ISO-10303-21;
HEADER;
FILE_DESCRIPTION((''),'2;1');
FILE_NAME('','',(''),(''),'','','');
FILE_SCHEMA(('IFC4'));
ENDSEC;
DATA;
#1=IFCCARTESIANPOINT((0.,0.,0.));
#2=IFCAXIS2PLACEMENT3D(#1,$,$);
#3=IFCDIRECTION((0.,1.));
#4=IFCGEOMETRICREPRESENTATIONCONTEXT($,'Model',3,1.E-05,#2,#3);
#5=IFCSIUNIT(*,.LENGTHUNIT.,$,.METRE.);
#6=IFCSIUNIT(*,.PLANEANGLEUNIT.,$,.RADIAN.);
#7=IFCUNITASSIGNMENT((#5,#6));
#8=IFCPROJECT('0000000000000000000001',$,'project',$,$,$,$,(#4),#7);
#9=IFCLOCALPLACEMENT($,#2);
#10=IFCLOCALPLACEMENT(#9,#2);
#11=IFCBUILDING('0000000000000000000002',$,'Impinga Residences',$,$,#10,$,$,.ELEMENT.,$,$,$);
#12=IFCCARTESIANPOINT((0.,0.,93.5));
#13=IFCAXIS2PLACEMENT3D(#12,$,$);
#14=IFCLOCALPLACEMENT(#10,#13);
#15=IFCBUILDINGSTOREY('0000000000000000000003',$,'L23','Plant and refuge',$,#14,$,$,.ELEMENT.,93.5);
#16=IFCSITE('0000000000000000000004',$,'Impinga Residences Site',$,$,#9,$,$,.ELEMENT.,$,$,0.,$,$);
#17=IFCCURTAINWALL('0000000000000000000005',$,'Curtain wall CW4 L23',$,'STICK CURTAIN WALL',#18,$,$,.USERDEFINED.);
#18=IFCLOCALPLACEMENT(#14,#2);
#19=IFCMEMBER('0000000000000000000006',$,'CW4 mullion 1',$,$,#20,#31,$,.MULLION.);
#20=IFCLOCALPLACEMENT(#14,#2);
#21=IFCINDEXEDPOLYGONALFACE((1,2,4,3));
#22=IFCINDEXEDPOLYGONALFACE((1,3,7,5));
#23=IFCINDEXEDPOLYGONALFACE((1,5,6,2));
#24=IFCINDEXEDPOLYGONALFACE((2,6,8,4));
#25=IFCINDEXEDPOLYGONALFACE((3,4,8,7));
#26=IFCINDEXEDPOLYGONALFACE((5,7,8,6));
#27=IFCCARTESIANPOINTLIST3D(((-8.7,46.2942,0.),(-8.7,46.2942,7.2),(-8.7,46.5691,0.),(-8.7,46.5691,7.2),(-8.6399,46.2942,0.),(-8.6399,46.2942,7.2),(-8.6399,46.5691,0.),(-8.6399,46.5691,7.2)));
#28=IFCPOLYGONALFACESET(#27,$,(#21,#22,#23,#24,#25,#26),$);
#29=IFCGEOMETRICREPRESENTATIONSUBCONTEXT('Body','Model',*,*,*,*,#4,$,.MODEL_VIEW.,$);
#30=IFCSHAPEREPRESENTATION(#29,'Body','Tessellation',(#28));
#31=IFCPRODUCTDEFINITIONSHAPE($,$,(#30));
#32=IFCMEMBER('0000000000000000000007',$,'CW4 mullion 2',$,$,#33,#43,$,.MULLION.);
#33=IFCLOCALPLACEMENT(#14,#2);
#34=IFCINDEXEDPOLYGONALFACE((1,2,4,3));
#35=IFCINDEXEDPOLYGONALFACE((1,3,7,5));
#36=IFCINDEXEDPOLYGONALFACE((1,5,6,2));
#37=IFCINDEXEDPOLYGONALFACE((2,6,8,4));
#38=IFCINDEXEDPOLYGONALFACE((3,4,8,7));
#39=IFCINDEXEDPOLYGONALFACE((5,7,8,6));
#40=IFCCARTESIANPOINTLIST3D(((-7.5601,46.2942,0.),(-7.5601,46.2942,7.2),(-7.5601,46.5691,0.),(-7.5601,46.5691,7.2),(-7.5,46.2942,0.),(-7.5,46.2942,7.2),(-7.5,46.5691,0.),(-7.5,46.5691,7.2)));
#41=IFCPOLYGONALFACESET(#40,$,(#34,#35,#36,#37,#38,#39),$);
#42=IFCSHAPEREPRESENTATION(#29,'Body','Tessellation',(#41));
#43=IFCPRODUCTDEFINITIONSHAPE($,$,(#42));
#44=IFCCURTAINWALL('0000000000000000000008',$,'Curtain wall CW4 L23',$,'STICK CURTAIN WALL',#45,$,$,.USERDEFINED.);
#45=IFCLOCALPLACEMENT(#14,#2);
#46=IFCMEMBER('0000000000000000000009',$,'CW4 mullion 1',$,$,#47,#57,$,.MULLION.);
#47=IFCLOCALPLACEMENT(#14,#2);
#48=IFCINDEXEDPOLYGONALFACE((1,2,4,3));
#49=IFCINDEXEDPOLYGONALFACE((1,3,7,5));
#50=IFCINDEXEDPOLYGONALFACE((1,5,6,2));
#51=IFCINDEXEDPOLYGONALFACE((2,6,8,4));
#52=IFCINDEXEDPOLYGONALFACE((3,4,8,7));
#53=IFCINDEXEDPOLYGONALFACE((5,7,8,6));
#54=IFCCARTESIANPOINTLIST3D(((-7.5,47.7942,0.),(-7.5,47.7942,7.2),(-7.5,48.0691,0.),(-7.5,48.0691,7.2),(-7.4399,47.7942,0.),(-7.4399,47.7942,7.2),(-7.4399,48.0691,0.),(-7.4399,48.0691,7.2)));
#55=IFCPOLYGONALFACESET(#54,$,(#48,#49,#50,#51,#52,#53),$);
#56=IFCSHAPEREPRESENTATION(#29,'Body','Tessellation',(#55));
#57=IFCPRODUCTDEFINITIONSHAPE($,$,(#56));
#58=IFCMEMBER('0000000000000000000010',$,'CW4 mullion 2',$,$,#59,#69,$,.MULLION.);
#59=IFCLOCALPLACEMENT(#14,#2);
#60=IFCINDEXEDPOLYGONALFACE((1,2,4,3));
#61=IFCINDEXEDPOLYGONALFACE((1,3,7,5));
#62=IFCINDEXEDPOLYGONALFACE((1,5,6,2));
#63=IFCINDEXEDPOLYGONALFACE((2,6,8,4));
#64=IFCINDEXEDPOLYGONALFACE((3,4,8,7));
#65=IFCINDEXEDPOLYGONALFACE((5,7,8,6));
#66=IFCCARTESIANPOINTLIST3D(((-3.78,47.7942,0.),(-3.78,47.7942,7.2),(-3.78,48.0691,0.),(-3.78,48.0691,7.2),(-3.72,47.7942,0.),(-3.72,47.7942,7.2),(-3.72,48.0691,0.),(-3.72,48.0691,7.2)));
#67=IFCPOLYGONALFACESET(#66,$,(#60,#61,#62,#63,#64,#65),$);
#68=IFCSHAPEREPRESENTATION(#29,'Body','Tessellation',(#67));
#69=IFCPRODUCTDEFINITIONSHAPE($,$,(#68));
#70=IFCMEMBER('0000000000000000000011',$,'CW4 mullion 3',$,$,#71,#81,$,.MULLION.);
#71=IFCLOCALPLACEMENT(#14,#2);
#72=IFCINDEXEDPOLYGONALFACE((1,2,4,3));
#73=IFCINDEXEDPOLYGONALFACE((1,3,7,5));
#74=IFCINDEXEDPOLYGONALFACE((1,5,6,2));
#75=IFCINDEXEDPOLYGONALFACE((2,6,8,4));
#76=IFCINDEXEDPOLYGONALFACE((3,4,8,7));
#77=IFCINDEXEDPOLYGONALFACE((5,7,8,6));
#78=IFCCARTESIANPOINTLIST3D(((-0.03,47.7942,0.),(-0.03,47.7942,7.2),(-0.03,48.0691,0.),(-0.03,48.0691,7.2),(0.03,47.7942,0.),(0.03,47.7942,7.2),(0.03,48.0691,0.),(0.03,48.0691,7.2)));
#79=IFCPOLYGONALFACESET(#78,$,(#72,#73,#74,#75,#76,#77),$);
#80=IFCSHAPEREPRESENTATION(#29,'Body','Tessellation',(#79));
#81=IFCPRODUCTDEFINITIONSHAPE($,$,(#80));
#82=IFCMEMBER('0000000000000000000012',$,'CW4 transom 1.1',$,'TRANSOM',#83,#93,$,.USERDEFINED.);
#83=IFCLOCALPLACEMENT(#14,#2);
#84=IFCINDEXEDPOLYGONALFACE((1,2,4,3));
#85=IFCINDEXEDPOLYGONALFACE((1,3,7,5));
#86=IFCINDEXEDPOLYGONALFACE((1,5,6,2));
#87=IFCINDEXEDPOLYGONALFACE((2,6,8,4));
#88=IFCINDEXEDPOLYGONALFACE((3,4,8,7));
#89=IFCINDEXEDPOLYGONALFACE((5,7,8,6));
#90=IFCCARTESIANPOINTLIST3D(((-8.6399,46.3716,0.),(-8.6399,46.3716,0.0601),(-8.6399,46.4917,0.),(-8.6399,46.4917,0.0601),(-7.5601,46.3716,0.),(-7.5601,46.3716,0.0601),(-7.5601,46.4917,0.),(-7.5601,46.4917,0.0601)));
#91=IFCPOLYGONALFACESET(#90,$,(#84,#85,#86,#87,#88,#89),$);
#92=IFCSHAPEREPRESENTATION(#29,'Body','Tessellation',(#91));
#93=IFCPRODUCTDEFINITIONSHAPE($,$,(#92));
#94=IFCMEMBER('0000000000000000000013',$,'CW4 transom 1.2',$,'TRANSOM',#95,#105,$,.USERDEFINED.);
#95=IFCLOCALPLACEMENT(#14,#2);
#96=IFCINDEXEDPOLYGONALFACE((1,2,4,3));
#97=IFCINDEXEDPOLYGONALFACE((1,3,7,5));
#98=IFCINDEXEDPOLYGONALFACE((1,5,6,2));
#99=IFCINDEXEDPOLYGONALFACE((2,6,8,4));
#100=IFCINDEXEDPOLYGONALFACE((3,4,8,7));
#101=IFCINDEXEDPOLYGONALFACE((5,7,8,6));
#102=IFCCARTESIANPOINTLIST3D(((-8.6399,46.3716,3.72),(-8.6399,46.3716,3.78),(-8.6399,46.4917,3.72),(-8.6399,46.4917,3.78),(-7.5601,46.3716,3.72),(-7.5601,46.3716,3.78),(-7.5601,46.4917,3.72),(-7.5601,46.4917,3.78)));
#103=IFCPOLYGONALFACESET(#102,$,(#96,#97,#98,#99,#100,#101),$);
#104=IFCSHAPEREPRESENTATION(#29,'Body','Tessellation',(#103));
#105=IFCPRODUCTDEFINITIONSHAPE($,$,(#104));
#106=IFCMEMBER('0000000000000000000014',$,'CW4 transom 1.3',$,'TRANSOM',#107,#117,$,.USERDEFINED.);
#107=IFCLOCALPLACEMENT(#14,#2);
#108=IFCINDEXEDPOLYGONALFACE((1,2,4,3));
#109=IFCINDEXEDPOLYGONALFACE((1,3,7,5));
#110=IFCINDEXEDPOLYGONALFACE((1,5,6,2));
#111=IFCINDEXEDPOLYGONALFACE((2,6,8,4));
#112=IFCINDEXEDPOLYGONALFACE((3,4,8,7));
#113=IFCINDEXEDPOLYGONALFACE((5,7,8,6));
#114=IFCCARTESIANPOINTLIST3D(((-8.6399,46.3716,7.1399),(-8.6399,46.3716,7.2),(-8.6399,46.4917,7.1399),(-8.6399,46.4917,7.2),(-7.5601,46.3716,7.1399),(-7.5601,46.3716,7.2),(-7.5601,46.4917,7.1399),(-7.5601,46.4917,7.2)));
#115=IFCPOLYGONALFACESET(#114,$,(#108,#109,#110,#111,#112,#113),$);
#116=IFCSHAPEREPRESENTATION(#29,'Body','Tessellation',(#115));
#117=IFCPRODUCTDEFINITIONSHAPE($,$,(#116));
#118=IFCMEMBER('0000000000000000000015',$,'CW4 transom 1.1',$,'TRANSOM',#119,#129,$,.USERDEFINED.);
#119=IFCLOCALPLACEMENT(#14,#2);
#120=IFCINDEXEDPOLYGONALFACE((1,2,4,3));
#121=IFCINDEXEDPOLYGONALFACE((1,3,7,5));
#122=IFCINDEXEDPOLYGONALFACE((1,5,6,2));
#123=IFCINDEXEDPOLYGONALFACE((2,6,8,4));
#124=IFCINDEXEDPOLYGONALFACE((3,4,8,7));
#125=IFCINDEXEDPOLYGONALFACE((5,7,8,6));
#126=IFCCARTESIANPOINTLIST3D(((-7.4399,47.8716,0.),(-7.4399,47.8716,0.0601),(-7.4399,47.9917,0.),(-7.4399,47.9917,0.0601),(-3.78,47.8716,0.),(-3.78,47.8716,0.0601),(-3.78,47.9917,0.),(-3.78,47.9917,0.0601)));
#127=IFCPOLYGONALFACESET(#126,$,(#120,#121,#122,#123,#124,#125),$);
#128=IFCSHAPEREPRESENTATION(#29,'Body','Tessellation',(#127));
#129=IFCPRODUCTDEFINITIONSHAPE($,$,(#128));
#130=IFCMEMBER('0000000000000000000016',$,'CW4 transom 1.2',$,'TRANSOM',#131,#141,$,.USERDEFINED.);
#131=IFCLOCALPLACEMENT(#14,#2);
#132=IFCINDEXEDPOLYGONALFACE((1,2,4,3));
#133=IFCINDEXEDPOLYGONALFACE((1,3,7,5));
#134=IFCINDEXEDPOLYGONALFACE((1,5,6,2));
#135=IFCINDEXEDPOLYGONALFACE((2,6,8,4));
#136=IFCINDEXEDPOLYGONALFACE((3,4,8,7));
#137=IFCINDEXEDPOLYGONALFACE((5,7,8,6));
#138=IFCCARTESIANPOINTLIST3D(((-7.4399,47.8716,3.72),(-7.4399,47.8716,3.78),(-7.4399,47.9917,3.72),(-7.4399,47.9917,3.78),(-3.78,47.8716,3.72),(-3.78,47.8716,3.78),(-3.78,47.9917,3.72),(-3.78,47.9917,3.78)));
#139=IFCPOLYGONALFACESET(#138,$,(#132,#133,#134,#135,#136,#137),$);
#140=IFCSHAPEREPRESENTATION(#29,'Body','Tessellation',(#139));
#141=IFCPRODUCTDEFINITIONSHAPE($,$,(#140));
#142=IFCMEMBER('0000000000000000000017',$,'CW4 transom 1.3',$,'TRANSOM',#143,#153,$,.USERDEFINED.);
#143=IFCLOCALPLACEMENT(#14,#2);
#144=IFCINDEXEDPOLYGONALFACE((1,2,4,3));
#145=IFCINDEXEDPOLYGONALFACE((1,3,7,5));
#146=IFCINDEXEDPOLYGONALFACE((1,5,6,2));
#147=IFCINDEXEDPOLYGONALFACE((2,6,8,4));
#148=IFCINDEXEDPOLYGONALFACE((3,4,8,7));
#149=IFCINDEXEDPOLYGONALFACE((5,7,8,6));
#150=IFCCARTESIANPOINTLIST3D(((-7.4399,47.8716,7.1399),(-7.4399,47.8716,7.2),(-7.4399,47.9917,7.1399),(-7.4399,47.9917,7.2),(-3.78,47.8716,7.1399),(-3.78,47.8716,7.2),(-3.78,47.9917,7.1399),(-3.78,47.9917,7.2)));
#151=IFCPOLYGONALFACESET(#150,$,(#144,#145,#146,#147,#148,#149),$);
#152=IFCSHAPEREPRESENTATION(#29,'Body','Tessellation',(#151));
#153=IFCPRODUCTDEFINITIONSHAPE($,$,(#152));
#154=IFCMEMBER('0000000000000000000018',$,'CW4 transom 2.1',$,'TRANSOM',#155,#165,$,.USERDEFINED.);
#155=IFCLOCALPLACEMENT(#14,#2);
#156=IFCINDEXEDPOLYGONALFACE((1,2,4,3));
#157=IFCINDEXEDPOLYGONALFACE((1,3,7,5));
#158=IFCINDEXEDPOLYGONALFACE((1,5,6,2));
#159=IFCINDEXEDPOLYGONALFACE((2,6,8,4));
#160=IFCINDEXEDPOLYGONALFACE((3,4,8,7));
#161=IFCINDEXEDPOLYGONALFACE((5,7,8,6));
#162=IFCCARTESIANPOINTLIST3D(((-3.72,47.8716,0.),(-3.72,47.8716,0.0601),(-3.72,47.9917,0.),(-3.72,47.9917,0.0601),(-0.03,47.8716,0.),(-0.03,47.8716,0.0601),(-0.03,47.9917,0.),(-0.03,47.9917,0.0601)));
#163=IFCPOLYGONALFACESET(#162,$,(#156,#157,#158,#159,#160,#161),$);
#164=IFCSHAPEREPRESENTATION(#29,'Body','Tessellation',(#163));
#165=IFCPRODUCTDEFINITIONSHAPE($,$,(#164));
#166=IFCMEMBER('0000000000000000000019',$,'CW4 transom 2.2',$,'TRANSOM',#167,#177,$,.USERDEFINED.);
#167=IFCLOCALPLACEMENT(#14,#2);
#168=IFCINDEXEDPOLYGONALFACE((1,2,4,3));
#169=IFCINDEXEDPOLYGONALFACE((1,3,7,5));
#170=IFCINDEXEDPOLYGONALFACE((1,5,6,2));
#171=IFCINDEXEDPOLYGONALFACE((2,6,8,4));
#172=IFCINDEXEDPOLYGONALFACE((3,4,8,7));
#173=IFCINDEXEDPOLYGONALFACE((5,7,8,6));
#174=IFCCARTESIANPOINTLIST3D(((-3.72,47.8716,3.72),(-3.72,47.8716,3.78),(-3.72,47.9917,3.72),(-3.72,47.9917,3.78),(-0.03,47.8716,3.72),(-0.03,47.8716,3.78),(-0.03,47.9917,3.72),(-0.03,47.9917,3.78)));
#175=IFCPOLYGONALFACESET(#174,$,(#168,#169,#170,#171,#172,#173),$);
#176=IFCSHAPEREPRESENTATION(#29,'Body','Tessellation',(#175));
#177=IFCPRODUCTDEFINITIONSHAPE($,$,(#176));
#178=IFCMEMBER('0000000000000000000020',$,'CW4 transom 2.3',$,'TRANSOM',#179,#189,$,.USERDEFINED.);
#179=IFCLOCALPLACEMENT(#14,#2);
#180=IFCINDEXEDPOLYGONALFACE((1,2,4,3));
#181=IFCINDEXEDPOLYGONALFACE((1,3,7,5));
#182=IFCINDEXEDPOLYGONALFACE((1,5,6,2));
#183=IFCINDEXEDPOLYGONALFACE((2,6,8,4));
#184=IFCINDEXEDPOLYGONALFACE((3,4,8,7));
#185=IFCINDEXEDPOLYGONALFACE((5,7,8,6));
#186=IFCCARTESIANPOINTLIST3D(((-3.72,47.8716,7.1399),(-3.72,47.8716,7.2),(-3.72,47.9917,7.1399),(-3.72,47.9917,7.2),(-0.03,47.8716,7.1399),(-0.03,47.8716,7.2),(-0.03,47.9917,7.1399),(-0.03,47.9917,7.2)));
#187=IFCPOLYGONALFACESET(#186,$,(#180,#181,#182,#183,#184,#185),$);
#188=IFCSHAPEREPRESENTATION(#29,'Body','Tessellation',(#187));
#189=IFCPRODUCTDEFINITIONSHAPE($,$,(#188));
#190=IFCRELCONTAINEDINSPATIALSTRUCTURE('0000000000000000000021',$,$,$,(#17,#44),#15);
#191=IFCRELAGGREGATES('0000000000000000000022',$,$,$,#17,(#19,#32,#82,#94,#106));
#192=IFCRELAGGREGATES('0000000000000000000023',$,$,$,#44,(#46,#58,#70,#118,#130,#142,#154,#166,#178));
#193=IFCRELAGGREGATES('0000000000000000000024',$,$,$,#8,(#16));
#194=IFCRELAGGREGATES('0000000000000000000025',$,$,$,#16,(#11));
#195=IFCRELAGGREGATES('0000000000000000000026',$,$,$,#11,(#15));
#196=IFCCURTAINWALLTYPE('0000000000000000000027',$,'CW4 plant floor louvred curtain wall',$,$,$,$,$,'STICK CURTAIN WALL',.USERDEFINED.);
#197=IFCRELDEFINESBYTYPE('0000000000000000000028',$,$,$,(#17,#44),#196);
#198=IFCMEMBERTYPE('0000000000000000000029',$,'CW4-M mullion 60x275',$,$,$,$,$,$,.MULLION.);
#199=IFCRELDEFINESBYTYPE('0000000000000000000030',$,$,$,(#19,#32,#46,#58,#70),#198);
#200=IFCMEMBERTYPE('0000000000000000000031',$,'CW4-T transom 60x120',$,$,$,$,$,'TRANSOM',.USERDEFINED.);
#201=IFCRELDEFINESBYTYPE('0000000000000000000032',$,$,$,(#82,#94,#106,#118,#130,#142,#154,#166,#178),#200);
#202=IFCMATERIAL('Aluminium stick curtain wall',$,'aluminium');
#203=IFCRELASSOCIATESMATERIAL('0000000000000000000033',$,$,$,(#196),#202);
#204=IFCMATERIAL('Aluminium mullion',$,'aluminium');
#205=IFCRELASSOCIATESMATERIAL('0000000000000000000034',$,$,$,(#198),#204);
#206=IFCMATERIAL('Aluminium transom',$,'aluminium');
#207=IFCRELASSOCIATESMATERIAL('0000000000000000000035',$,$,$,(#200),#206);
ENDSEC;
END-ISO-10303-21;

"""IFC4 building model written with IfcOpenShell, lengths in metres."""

from ifc_helpers import new_model, si_unit, direction, frame, origin, origin_2d, place, context, subcontext, project, spatial, rectangle, extrude, material, material_profile, profile_set, type_object, element, aggregate, save


model = new_model("IFC4")

# Units and contexts
model_context = context("Model", 3, precision=1e-05, world=origin(), true_north=direction((0.0, 1.0)))
body_context = subcontext(model_context, "Body", "Model", "MODEL_VIEW")
ifc_project = project(units=[si_unit("LENGTHUNIT", "METRE"), si_unit("PLANEANGLEUNIT", "RADIAN")], contexts=[model_context])

# Site, building, storey
site_placement = place(None, origin())
site = spatial("IfcSite", under=ifc_project, at=site_placement, Name="Impinga Residences Site", CompositionType="ELEMENT", RefElevation=0.0)
building_placement = place(site_placement, origin())
building = spatial("IfcBuilding", under=site, at=building_placement, Name="Impinga Residences", CompositionType="ELEMENT")
storey_placement = place(building_placement, frame((0.0, 0.0, 93.5)))
storey = spatial("IfcBuildingStorey", under=building, at=storey_placement, Name="L23", Description="Plant and refuge", CompositionType="ELEMENT", Elevation=93.5)

# Curtain walls, members
ifc_material_1 = material(Name="Aluminium stick curtain wall", Category="aluminium")
curtain_wall_type = type_object("IfcCurtainWallType", Name="CW4 plant floor louvred curtain wall", ElementType="STICK CURTAIN WALL", PredefinedType="USERDEFINED", material=ifc_material_1)
curtain_wall_1_placement = place(storey_placement, origin())
curtain_wall_1 = element("IfcCurtainWall", 1, at=curtain_wall_1_placement, inside=storey, type_object=curtain_wall_type, Name="Curtain wall CW4 L23", ObjectType="STICK CURTAIN WALL", PredefinedType="USERDEFINED")
ifc_material_2 = material(Name="Aluminium mullion", Category="aluminium")
ifc_material_profile_1 = material_profile(ifc_material_2, rectangle(XDim=0.0601, YDim=0.2749, at=origin_2d()), Name="60x275 mullion")
ifc_profile_set_1 = profile_set([ifc_material_profile_1], Name="Aluminium mullion")
member_type_1 = type_object("IfcMemberType", Name="CW4-M mullion 60x275", PredefinedType="MULLION", material=ifc_profile_set_1)
member_1_placement = place(storey_placement, frame((-8.6699, 46.4316, 0.0), z_axis=(0.0, 0.0, 1.0), x_axis=(1.0, 0.0, 0.0)))
member_1 = element("IfcMember", 2, at=member_1_placement, type_object=member_type_1, Name="CW4 mullion 1", PredefinedType="MULLION", context=body_context, shape_type="SweptSolid", body=[
    extrude(rectangle(XDim=0.0601, YDim=0.2749, at=origin_2d()), origin(), (0.0, 0.0, 1.0), 7.2),
])
member_2_placement = place(storey_placement, frame((-7.53, 46.4316, 0.0), z_axis=(0.0, 0.0, 1.0), x_axis=(1.0, 0.0, 0.0)))
member_2 = element("IfcMember", 3, at=member_2_placement, type_object=member_type_1, Name="CW4 mullion 2", PredefinedType="MULLION", context=body_context, shape_type="SweptSolid", body=[
    extrude(rectangle(XDim=0.0601, YDim=0.2749, at=origin_2d()), origin(), (0.0, 0.0, 1.0), 7.2),
])
curtain_wall_2_placement = place(storey_placement, origin())
curtain_wall_2 = element("IfcCurtainWall", 4, at=curtain_wall_2_placement, inside=storey, type_object=curtain_wall_type, Name="Curtain wall CW4 L23", ObjectType="STICK CURTAIN WALL", PredefinedType="USERDEFINED")
member_3_placement = place(storey_placement, frame((-7.47, 47.9316, 0.0), z_axis=(0.0, 0.0, 1.0), x_axis=(1.0, 0.0, 0.0)))
member_3 = element("IfcMember", 5, at=member_3_placement, type_object=member_type_1, Name="CW4 mullion 1", PredefinedType="MULLION", context=body_context, shape_type="SweptSolid", body=[
    extrude(rectangle(XDim=0.0601, YDim=0.2749, at=origin_2d()), origin(), (0.0, 0.0, 1.0), 7.2),
])
member_4_placement = place(storey_placement, frame((-3.75, 47.9316, 0.0), z_axis=(0.0, 0.0, 1.0), x_axis=(1.0, 0.0, 0.0)))
member_4 = element("IfcMember", 6, at=member_4_placement, type_object=member_type_1, Name="CW4 mullion 2", PredefinedType="MULLION", context=body_context, shape_type="SweptSolid", body=[
    extrude(rectangle(XDim=0.0601, YDim=0.2749, at=origin_2d()), origin(), (0.0, 0.0, 1.0), 7.2),
])
member_5_placement = place(storey_placement, frame((0.0, 47.9316, 0.0), z_axis=(0.0, 0.0, 1.0), x_axis=(1.0, 0.0, 0.0)))
member_5 = element("IfcMember", 7, at=member_5_placement, type_object=member_type_1, Name="CW4 mullion 3", PredefinedType="MULLION", context=body_context, shape_type="SweptSolid", body=[
    extrude(rectangle(XDim=0.0601, YDim=0.2749, at=origin_2d()), origin(), (0.0, 0.0, 1.0), 7.2),
])

# Members
ifc_material_3 = material(Name="Aluminium transom", Category="aluminium")
ifc_material_profile_2 = material_profile(ifc_material_3, rectangle(XDim=0.0601, YDim=0.1201, at=origin_2d()), Name="60x120 transom")
ifc_profile_set_2 = profile_set([ifc_material_profile_2], Name="Aluminium transom")
member_type_2 = type_object("IfcMemberType", Name="CW4-T transom 60x120", ElementType="TRANSOM", PredefinedType="USERDEFINED", material=ifc_profile_set_2)
member_6_placement = place(storey_placement, frame((-8.6399, 46.4316, 0.03), z_axis=(1.0, 0.0, 0.0), x_axis=(0.0, 0.0, 1.0)))
member_6 = element("IfcMember", 8, at=member_6_placement, type_object=member_type_2, Name="CW4 transom 1.1", ObjectType="TRANSOM", PredefinedType="USERDEFINED", context=body_context, shape_type="SweptSolid", body=[
    extrude(rectangle(XDim=0.0601, YDim=0.1201, at=origin_2d()), origin(), (0.0, 0.0, 1.0), 1.0798),
])
member_7_placement = place(storey_placement, frame((-8.6399, 46.4316, 3.75), z_axis=(1.0, 0.0, 0.0), x_axis=(0.0, 0.0, 1.0)))
member_7 = element("IfcMember", 9, at=member_7_placement, type_object=member_type_2, Name="CW4 transom 1.2", ObjectType="TRANSOM", PredefinedType="USERDEFINED", context=body_context, shape_type="SweptSolid", body=[
    extrude(rectangle(XDim=0.0601, YDim=0.1201, at=origin_2d()), origin(), (0.0, 0.0, 1.0), 1.0798),
])
member_8_placement = place(storey_placement, frame((-8.6399, 46.4316, 7.1699), z_axis=(1.0, 0.0, 0.0), x_axis=(0.0, 0.0, 1.0)))
member_8 = element("IfcMember", 10, at=member_8_placement, type_object=member_type_2, Name="CW4 transom 1.3", ObjectType="TRANSOM", PredefinedType="USERDEFINED", context=body_context, shape_type="SweptSolid", body=[
    extrude(rectangle(XDim=0.0601, YDim=0.1201, at=origin_2d()), origin(), (0.0, 0.0, 1.0), 1.0798),
])
member_9_placement = place(storey_placement, frame((-7.4399, 47.9316, 0.03), z_axis=(1.0, 0.0, 0.0), x_axis=(0.0, 0.0, 1.0)))
member_9 = element("IfcMember", 11, at=member_9_placement, type_object=member_type_2, Name="CW4 transom 1.1", ObjectType="TRANSOM", PredefinedType="USERDEFINED", context=body_context, shape_type="SweptSolid", body=[
    extrude(rectangle(XDim=0.0601, YDim=0.1201, at=origin_2d()), origin(), (0.0, 0.0, 1.0), 3.6599),
])
member_10_placement = place(storey_placement, frame((-7.4399, 47.9316, 3.75), z_axis=(1.0, 0.0, 0.0), x_axis=(0.0, 0.0, 1.0)))
member_10 = element("IfcMember", 12, at=member_10_placement, type_object=member_type_2, Name="CW4 transom 1.2", ObjectType="TRANSOM", PredefinedType="USERDEFINED", context=body_context, shape_type="SweptSolid", body=[
    extrude(rectangle(XDim=0.0601, YDim=0.1201, at=origin_2d()), origin(), (0.0, 0.0, 1.0), 3.6599),
])
member_11_placement = place(storey_placement, frame((-7.4399, 47.9316, 7.1699), z_axis=(1.0, 0.0, 0.0), x_axis=(0.0, 0.0, 1.0)))
member_11 = element("IfcMember", 13, at=member_11_placement, type_object=member_type_2, Name="CW4 transom 1.3", ObjectType="TRANSOM", PredefinedType="USERDEFINED", context=body_context, shape_type="SweptSolid", body=[
    extrude(rectangle(XDim=0.0601, YDim=0.1201, at=origin_2d()), origin(), (0.0, 0.0, 1.0), 3.6599),
])
member_12_placement = place(storey_placement, frame((-3.72, 47.9316, 0.03), z_axis=(1.0, 0.0, 0.0), x_axis=(0.0, 0.0, 1.0)))
member_12 = element("IfcMember", 14, at=member_12_placement, type_object=member_type_2, Name="CW4 transom 2.1", ObjectType="TRANSOM", PredefinedType="USERDEFINED", context=body_context, shape_type="SweptSolid", body=[
    extrude(rectangle(XDim=0.0601, YDim=0.1201, at=origin_2d()), origin(), (0.0, 0.0, 1.0), 3.6899),
])
member_13_placement = place(storey_placement, frame((-3.72, 47.9316, 3.75), z_axis=(1.0, 0.0, 0.0), x_axis=(0.0, 0.0, 1.0)))
member_13 = element("IfcMember", 15, at=member_13_placement, type_object=member_type_2, Name="CW4 transom 2.2", ObjectType="TRANSOM", PredefinedType="USERDEFINED", context=body_context, shape_type="SweptSolid", body=[
    extrude(rectangle(XDim=0.0601, YDim=0.1201, at=origin_2d()), origin(), (0.0, 0.0, 1.0), 3.6899),
])
member_14_placement = place(storey_placement, frame((-3.72, 47.9316, 7.1699), z_axis=(1.0, 0.0, 0.0), x_axis=(0.0, 0.0, 1.0)))
member_14 = element("IfcMember", 16, at=member_14_placement, type_object=member_type_2, Name="CW4 transom 2.3", ObjectType="TRANSOM", PredefinedType="USERDEFINED", context=body_context, shape_type="SweptSolid", body=[
    extrude(rectangle(XDim=0.0601, YDim=0.1201, at=origin_2d()), origin(), (0.0, 0.0, 1.0), 3.6899),
])

aggregate(curtain_wall_1, [member_1, member_2, member_6, member_7, member_8])
aggregate(curtain_wall_2, [member_3, member_4, member_5, member_9, member_10, member_11, member_12, member_13, member_14])

save(model, "model.ifc")
